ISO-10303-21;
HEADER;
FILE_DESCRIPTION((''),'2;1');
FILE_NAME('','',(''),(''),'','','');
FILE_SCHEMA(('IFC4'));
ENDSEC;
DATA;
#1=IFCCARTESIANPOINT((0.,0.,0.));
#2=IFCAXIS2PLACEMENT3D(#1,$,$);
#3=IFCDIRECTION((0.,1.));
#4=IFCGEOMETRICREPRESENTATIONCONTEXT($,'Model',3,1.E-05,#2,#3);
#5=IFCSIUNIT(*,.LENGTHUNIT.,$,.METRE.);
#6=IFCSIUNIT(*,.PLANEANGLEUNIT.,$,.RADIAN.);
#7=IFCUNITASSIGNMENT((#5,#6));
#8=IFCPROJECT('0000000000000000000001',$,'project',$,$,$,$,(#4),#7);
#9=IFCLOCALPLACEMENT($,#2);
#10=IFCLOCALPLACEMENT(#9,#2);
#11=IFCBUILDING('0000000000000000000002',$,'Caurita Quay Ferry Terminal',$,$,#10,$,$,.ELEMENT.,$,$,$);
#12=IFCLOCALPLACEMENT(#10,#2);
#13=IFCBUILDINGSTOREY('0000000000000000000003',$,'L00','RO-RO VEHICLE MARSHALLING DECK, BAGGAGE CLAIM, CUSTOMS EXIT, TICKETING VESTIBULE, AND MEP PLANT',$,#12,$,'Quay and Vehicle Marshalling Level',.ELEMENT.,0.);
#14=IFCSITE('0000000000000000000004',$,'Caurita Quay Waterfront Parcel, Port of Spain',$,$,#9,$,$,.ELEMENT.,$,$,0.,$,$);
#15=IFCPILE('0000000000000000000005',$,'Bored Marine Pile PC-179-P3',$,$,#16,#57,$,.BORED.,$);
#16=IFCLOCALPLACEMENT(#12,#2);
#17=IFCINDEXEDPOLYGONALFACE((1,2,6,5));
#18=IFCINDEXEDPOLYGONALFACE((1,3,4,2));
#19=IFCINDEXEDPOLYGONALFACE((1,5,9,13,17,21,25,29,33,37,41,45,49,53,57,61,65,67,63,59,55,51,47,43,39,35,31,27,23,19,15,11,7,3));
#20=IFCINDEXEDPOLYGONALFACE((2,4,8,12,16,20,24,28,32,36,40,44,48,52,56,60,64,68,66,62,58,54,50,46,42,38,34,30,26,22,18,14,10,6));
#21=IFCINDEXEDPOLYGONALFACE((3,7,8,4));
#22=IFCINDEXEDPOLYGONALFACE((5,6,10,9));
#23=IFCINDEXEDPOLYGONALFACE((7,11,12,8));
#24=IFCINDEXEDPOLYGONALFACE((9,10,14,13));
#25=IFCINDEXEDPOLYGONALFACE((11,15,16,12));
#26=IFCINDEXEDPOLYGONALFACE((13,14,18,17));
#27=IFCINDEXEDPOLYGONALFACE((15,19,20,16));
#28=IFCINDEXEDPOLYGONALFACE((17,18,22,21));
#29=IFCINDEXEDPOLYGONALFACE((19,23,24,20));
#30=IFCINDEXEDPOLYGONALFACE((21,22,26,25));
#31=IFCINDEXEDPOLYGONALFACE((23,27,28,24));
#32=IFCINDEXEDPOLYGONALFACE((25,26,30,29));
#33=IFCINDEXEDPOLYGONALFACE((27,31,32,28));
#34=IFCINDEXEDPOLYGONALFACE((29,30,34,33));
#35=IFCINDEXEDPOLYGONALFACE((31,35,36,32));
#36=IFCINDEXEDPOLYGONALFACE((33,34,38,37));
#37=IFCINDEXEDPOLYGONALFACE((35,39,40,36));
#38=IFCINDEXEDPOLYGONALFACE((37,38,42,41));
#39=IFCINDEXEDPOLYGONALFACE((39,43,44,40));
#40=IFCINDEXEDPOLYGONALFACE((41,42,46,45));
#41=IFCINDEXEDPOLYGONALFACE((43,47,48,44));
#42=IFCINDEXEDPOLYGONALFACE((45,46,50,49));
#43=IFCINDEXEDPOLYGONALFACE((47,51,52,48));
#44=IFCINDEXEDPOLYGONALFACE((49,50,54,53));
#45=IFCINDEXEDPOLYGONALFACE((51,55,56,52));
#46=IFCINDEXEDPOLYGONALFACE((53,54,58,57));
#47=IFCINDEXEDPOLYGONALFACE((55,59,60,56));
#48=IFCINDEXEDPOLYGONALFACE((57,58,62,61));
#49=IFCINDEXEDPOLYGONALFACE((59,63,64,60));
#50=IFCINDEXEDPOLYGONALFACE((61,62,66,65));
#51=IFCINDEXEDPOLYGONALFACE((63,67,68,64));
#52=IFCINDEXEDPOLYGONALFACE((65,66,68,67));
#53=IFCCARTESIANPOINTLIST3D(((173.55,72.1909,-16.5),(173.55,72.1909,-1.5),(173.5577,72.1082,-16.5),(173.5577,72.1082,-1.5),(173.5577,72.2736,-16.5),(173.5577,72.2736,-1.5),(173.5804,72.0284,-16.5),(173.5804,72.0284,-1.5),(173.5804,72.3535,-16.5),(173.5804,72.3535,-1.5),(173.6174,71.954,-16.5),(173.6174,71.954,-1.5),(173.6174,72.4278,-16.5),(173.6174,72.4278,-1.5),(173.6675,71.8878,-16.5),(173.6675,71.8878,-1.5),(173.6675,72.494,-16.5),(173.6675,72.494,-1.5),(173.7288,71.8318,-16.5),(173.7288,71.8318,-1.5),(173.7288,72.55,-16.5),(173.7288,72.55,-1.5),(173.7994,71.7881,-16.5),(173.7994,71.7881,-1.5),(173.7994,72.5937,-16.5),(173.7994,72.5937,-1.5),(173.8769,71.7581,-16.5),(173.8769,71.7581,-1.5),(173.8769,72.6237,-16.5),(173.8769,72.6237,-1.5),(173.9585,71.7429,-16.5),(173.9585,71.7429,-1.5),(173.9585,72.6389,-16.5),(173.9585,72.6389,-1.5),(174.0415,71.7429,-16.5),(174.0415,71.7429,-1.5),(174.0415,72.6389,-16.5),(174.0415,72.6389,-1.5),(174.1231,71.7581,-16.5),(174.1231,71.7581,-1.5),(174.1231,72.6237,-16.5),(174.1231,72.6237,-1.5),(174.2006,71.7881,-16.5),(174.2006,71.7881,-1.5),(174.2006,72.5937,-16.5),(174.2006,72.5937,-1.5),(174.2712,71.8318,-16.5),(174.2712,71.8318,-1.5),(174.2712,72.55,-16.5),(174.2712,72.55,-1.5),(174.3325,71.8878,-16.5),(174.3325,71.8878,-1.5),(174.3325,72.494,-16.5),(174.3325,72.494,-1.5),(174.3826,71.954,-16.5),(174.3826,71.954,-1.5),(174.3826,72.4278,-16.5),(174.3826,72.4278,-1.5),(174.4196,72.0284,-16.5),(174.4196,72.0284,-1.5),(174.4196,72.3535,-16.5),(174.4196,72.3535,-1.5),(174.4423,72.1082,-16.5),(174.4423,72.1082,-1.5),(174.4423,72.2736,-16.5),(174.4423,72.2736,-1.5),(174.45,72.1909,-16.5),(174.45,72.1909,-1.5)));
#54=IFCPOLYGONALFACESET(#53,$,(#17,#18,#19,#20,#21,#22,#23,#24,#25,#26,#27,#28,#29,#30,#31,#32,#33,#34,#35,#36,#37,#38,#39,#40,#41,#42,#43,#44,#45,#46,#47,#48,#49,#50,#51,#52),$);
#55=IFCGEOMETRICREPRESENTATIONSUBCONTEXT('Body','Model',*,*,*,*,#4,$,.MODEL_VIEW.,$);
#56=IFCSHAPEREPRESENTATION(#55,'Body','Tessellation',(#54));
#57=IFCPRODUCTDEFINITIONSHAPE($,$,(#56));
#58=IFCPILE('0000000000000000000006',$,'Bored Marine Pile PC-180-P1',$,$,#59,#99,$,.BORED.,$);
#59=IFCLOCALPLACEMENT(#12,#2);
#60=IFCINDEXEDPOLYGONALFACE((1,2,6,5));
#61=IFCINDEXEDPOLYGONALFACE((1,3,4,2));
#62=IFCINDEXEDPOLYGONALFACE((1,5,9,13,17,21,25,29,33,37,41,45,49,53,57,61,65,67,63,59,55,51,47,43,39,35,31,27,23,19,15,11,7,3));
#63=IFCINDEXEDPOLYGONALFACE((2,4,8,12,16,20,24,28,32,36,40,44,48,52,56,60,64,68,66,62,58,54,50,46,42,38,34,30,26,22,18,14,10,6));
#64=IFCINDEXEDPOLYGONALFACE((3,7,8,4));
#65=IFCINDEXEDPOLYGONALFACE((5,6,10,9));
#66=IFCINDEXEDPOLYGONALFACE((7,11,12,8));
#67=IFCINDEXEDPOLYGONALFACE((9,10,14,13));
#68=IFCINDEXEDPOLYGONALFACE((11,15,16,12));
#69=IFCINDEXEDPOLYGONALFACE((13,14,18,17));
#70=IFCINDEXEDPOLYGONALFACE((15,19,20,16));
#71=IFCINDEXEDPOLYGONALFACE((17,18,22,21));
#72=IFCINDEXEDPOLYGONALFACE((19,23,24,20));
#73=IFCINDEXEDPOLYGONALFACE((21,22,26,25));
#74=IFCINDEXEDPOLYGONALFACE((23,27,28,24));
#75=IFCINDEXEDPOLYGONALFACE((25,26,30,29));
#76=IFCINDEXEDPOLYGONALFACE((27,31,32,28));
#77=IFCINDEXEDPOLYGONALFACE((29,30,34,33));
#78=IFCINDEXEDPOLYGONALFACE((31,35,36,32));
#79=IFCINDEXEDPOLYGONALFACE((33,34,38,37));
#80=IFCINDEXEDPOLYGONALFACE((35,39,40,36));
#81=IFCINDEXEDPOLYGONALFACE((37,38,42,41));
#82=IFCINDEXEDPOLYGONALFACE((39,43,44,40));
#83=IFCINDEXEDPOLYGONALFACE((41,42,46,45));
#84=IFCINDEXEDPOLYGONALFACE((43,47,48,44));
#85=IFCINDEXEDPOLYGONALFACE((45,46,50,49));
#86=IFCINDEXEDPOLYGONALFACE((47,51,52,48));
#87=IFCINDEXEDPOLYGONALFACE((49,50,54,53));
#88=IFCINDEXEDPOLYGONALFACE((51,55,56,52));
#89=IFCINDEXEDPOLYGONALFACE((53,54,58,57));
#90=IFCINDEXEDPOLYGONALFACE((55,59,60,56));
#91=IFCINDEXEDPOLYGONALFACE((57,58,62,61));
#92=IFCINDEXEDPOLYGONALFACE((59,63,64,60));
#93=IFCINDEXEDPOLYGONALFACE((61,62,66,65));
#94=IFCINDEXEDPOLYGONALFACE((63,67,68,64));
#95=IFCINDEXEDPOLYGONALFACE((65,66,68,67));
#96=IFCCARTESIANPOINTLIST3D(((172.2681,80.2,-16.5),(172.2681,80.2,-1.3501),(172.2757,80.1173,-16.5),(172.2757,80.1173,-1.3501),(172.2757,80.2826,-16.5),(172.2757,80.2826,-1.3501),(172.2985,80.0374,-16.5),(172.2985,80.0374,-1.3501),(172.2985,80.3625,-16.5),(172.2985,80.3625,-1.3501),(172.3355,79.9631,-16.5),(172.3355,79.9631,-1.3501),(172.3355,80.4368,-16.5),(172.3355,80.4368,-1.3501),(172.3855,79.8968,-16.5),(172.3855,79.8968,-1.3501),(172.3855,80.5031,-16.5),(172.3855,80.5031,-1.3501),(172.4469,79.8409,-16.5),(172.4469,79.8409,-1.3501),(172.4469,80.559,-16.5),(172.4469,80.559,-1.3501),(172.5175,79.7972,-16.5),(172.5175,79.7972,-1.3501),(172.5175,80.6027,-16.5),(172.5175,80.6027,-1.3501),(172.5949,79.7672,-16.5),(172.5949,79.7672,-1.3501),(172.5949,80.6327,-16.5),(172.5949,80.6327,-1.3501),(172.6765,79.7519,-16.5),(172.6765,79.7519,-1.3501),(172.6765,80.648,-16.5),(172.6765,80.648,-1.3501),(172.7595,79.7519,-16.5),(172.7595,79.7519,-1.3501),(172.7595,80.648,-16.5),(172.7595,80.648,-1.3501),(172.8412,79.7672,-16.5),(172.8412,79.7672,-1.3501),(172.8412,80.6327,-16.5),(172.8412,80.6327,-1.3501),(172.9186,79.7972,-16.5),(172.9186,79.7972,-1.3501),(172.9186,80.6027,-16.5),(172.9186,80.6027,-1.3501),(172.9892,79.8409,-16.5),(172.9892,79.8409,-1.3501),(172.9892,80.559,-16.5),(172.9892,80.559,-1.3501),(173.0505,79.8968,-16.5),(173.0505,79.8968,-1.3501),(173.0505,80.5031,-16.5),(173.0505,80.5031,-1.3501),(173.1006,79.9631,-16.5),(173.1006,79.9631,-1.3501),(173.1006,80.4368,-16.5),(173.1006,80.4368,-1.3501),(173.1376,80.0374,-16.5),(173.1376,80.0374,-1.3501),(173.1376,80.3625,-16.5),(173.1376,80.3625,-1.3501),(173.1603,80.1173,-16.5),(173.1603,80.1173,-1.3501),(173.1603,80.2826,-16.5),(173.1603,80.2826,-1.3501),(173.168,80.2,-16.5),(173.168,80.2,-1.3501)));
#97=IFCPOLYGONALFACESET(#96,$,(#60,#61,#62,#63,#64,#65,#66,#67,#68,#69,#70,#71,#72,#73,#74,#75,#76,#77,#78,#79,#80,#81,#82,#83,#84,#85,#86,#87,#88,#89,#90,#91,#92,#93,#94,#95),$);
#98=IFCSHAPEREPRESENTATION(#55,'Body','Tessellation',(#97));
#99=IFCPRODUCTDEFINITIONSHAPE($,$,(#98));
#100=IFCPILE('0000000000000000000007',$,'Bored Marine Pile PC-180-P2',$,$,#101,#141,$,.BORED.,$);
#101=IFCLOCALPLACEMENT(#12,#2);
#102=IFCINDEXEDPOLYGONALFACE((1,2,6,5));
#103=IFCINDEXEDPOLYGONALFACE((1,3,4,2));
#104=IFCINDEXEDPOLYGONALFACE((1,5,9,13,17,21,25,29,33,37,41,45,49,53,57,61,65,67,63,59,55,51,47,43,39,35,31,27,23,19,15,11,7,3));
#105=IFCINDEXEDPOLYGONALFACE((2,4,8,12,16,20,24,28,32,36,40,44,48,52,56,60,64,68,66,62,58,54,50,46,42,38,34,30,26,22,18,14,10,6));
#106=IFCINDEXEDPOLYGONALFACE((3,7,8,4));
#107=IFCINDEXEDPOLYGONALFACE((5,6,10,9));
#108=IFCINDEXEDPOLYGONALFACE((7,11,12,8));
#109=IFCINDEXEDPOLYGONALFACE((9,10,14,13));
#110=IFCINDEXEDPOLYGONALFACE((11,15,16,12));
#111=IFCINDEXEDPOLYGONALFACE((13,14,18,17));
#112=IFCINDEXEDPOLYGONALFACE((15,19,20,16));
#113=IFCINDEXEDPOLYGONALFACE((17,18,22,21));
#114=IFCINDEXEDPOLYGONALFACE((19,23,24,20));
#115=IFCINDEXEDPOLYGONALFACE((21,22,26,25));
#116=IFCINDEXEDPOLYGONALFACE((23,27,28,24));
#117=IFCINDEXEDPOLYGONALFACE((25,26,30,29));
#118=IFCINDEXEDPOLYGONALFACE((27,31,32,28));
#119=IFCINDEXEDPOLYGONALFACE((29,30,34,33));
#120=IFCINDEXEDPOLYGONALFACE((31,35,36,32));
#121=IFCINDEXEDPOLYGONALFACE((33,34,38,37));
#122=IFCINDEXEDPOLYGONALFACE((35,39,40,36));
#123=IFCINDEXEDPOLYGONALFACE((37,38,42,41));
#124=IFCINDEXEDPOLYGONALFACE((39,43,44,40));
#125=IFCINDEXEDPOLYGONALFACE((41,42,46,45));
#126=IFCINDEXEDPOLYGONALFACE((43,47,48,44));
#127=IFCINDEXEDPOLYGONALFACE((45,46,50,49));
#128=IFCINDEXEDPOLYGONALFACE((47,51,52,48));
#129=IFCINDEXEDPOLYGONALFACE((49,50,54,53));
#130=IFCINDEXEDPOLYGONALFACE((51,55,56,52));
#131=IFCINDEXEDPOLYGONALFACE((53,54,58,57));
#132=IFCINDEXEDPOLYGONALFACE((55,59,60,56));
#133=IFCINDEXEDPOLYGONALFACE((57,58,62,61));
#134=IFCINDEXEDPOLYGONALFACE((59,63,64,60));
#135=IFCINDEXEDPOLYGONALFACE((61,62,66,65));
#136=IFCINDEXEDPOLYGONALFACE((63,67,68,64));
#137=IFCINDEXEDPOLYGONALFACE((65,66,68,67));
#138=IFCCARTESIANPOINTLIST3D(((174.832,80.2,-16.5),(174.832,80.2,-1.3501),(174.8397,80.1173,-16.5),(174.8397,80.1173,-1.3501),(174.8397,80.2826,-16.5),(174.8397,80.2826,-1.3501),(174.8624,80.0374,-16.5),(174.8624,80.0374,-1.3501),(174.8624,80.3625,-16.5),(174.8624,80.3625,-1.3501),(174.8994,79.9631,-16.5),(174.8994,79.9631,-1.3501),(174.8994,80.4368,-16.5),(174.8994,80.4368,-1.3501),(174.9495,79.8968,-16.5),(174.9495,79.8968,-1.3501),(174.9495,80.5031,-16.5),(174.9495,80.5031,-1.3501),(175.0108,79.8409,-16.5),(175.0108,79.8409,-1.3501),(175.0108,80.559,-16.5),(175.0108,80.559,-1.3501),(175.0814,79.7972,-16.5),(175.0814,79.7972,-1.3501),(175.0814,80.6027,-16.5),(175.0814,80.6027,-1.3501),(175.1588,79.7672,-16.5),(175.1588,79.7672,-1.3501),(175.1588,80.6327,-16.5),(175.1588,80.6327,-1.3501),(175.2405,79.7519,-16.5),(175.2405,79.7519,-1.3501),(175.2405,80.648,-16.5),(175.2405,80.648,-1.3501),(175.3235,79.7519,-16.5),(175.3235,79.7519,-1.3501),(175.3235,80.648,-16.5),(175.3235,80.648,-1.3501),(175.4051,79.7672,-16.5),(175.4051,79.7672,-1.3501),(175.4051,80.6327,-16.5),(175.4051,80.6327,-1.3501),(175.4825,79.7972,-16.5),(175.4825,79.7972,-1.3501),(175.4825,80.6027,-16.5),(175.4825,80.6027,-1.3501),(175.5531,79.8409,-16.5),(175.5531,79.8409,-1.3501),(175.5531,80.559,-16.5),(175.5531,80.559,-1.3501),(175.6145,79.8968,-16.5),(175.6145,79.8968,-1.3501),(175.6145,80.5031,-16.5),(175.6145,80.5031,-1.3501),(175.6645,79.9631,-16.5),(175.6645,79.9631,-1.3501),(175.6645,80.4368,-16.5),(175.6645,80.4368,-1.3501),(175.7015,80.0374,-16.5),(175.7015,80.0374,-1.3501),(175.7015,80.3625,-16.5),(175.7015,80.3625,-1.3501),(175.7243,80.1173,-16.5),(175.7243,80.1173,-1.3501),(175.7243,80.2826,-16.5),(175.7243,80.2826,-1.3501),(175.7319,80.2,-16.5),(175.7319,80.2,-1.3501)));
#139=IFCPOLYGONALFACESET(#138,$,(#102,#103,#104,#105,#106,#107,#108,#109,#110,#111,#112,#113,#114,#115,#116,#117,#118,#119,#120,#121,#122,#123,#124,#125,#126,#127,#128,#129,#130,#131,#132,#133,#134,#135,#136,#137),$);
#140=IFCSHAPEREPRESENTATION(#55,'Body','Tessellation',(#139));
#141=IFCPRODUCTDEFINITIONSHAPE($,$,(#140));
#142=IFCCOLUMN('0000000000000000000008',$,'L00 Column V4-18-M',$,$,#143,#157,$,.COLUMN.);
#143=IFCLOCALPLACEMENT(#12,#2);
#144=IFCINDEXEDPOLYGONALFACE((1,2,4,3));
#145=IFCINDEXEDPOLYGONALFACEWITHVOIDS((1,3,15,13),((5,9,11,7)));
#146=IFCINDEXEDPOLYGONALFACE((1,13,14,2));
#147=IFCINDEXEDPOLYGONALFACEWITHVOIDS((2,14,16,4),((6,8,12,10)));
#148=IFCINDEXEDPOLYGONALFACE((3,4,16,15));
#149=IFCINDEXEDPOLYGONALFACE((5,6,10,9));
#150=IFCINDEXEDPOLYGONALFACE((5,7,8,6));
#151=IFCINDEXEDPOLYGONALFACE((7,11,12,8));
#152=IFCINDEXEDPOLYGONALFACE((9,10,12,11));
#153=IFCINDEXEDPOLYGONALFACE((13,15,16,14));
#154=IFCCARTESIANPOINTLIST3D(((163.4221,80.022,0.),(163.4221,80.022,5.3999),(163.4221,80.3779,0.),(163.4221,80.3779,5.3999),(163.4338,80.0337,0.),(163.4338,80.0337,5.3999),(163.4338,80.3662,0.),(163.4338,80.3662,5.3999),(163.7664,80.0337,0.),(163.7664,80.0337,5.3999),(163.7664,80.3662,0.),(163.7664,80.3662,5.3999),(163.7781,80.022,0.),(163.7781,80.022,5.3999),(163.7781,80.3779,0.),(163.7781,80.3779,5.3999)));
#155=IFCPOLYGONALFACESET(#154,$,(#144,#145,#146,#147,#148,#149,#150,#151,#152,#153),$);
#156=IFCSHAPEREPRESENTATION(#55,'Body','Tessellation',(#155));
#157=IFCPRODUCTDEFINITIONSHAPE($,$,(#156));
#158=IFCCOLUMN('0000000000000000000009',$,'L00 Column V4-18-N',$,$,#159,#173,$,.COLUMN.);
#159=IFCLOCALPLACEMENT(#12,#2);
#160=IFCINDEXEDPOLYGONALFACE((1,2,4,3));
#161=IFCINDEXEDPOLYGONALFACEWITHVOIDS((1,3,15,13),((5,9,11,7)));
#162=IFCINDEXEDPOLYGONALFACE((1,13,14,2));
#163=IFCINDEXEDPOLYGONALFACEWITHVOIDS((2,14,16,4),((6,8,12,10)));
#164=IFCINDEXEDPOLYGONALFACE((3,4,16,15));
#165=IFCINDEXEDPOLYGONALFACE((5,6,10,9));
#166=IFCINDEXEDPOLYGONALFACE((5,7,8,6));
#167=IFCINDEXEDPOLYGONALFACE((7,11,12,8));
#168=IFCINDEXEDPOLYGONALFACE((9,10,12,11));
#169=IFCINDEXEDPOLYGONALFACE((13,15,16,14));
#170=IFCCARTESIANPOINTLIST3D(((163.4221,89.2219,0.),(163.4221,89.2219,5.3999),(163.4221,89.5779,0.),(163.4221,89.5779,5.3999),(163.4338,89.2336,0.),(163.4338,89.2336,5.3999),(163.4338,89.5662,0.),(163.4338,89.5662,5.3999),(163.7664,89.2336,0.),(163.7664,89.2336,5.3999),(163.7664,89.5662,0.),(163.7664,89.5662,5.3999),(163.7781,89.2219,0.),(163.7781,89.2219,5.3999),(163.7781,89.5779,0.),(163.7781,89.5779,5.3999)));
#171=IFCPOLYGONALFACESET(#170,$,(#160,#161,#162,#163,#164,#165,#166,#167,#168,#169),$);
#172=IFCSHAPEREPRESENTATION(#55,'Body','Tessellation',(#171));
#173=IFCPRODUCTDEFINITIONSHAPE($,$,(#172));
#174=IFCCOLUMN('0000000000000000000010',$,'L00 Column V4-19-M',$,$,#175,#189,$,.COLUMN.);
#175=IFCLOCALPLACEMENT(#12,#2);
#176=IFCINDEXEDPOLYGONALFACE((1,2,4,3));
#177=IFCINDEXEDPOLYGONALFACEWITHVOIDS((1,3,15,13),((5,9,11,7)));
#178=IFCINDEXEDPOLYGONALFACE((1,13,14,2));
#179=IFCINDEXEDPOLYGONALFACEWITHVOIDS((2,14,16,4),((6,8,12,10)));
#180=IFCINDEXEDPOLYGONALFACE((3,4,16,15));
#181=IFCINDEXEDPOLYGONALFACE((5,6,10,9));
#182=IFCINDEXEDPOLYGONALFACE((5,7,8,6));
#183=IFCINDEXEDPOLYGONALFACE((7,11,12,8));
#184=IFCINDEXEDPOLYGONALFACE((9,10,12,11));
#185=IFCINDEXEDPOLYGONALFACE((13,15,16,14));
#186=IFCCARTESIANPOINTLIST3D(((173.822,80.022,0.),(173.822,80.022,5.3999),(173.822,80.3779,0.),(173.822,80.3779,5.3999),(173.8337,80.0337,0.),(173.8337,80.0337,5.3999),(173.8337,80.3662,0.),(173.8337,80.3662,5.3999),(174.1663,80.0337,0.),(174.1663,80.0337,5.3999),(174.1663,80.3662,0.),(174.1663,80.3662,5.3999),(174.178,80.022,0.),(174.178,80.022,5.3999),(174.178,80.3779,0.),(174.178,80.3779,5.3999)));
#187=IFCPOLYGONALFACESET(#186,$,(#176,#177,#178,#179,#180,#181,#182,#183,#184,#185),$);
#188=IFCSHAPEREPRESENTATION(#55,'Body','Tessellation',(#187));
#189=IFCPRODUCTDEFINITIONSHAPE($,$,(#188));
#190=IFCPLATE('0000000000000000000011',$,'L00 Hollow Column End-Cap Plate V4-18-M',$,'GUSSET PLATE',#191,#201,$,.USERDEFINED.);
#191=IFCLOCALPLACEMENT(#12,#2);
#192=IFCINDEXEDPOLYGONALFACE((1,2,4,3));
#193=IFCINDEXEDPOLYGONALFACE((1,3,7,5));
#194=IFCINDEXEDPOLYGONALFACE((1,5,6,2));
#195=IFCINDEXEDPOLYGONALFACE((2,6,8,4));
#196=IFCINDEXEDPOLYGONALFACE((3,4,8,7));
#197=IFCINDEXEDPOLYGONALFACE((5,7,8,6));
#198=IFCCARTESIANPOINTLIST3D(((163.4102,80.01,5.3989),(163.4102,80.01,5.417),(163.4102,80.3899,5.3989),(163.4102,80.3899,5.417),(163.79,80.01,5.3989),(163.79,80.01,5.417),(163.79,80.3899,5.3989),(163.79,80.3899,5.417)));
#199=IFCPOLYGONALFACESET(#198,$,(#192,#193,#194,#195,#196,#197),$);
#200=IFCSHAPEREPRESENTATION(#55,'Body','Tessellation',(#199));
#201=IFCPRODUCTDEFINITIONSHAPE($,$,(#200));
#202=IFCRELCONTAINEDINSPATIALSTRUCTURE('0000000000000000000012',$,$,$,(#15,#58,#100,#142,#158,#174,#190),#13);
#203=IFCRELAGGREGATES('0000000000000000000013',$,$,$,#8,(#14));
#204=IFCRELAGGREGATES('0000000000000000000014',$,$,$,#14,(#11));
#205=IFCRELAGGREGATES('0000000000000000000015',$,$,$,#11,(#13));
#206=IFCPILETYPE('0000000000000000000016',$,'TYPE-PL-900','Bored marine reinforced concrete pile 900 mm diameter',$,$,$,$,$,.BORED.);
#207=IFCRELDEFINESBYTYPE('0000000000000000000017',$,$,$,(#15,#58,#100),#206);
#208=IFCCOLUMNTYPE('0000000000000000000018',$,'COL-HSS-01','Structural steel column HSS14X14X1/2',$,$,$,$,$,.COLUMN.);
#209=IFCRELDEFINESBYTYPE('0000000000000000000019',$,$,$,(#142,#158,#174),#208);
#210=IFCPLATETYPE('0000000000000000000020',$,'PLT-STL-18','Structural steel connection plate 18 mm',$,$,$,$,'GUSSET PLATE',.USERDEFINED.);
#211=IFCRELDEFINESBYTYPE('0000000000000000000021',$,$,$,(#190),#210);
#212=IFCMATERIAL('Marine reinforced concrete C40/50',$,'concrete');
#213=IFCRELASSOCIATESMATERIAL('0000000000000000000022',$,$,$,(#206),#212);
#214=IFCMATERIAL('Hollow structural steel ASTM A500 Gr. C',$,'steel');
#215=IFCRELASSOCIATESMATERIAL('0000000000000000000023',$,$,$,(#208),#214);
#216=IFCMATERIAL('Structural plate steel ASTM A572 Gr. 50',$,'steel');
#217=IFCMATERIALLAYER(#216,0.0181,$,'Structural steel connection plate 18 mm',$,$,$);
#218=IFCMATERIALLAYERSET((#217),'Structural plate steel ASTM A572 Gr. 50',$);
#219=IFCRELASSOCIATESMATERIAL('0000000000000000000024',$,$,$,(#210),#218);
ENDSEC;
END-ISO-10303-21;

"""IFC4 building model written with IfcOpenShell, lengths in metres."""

from ifc_helpers import new_model, si_unit, direction, frame, origin, origin_2d, place, context, subcontext, project, spatial, rectangle, hollow_rectangle, circle, extrude, material, layer, layer_set, material_profile, profile_set, type_object, element, save


model = new_model("IFC4")

# Units and contexts
model_context = context("Model", 3, precision=1e-05, world=origin(), true_north=direction((0.0, 1.0)))
body_context = subcontext(model_context, "Body", "Model", "MODEL_VIEW")
ifc_project = project(units=[si_unit("LENGTHUNIT", "METRE"), si_unit("PLANEANGLEUNIT", "RADIAN")], contexts=[model_context])

# Site, building, storey
site_placement = place(None, origin())
site = spatial("IfcSite", under=ifc_project, at=site_placement, Name="Caurita Quay Waterfront Parcel, Port of Spain", CompositionType="ELEMENT", RefElevation=0.0)
building_placement = place(site_placement, origin())
building = spatial("IfcBuilding", under=site, at=building_placement, Name="Caurita Quay Ferry Terminal", CompositionType="ELEMENT")
storey_placement = place(building_placement, origin())
storey = spatial("IfcBuildingStorey", under=building, at=storey_placement, Name="L00", Description="RO-RO VEHICLE MARSHALLING DECK, BAGGAGE CLAIM, CUSTOMS EXIT, TICKETING VESTIBULE, AND MEP PLANT", LongName="Quay and Vehicle Marshalling Level", CompositionType="ELEMENT", Elevation=0.0)

# Piles
ifc_material_1 = material(Name="Marine reinforced concrete C40/50", Category="concrete")
ifc_material_profile_1 = material_profile(ifc_material_1, circle(Radius=0.45, at=origin_2d()), Name="PILE-D900")
ifc_profile_set_1 = profile_set([ifc_material_profile_1], Name="Marine reinforced concrete C40/50")
pile_type = type_object("IfcPileType", Name="TYPE-PL-900", Description="Bored marine reinforced concrete pile 900 mm diameter", PredefinedType="BORED", material=ifc_profile_set_1)
pile_1_placement = place(storey_placement, frame((174.0, 72.1909, -1.5), z_axis=(0.0, 0.0, -1.0), x_axis=(1.0, 0.0, 0.0)))
element("IfcPile", 1, at=pile_1_placement, inside=storey, type_object=pile_type, Name="Bored Marine Pile PC-179-P3", PredefinedType="BORED", context=body_context, shape_type="SweptSolid", body=[
    extrude(circle(Radius=0.45, at=origin_2d()), origin(), (0.0, 0.0, 1.0), 15.0),
])
for number, where, z_axis, x_axis, name in (
    (2, (172.718, 80.2, -1.3501), (0.0, 0.0, -1.0), (1.0, 0.0, 0.0), "Bored Marine Pile PC-180-P1"),
    (3, (175.282, 80.2, -1.3501), (0.0, 0.0, -1.0), (1.0, 0.0, 0.0), "Bored Marine Pile PC-180-P2"),
):
    element("IfcPile", number, at=place(storey_placement, frame(where, z_axis=z_axis, x_axis=x_axis)), inside=storey, type_object=pile_type, Name=name, PredefinedType="BORED", context=body_context, shape_type="SweptSolid", body=[
        extrude(circle(Radius=0.45, at=origin_2d()), origin(), (0.0, 0.0, 1.0), 15.1499),
    ])

# Columns
ifc_material_2 = material(Name="Hollow structural steel ASTM A500 Gr. C", Category="steel")
ifc_material_profile_2 = material_profile(ifc_material_2, hollow_rectangle(XDim=0.356, YDim=0.356, WallThickness=0.0117, at=origin_2d()), Name="HSS14X14X1/2")
ifc_profile_set_2 = profile_set([ifc_material_profile_2], Name="Hollow structural steel ASTM A500 Gr. C")
column_type = type_object("IfcColumnType", Name="COL-HSS-01", Description="Structural steel column HSS14X14X1/2", PredefinedType="COLUMN", material=ifc_profile_set_2)
for number, where, z_axis, x_axis, name in (
    (4, (163.6001, 80.2, 0.0), (0.0, 0.0, 1.0), (1.0, 0.0, 0.0), "L00 Column V4-18-M"),
    (5, (163.6001, 89.3999, 0.0), (0.0, 0.0, 1.0), (1.0, 0.0, 0.0), "L00 Column V4-18-N"),
    (6, (174.0, 80.2, 0.0), (0.0, 0.0, 1.0), (1.0, 0.0, 0.0), "L00 Column V4-19-M"),
):
    element("IfcColumn", number, at=place(storey_placement, frame(where, z_axis=z_axis, x_axis=x_axis)), inside=storey, type_object=column_type, Name=name, PredefinedType="COLUMN", context=body_context, shape_type="SweptSolid", body=[
        extrude(hollow_rectangle(XDim=0.356, YDim=0.356, WallThickness=0.0117, at=origin_2d()), origin(), (0.0, 0.0, 1.0), 5.3999),
    ])

# Plate
ifc_material_3 = material(Name="Structural plate steel ASTM A572 Gr. 50", Category="steel")
ifc_layer_1 = layer(ifc_material_3, 0.0181, Name="Structural steel connection plate 18 mm")
ifc_layer_set_1 = layer_set([ifc_layer_1], Name="Structural plate steel ASTM A572 Gr. 50")
plate_type = type_object("IfcPlateType", Name="PLT-STL-18", Description="Structural steel connection plate 18 mm", ElementType="GUSSET PLATE", PredefinedType="USERDEFINED", material=ifc_layer_set_1)
for number, where, z_axis, x_axis, name in (
    (7, (163.6001, 80.2, 5.3989), (0.0, 0.0, 1.0), (1.0, 0.0, 0.0), "L00 Hollow Column End-Cap Plate V4-18-M"),
):
    element("IfcPlate", number, at=place(storey_placement, frame(where, z_axis=z_axis, x_axis=x_axis)), inside=storey, type_object=plate_type, Name=name, ObjectType="GUSSET PLATE", PredefinedType="USERDEFINED", context=body_context, shape_type="SweptSolid", body=[
        extrude(rectangle(XDim=0.3799, YDim=0.3799, at=origin_2d()), origin(), (0.0, 0.0, 1.0), 0.0181),
    ])

save(model, "model.ifc")
